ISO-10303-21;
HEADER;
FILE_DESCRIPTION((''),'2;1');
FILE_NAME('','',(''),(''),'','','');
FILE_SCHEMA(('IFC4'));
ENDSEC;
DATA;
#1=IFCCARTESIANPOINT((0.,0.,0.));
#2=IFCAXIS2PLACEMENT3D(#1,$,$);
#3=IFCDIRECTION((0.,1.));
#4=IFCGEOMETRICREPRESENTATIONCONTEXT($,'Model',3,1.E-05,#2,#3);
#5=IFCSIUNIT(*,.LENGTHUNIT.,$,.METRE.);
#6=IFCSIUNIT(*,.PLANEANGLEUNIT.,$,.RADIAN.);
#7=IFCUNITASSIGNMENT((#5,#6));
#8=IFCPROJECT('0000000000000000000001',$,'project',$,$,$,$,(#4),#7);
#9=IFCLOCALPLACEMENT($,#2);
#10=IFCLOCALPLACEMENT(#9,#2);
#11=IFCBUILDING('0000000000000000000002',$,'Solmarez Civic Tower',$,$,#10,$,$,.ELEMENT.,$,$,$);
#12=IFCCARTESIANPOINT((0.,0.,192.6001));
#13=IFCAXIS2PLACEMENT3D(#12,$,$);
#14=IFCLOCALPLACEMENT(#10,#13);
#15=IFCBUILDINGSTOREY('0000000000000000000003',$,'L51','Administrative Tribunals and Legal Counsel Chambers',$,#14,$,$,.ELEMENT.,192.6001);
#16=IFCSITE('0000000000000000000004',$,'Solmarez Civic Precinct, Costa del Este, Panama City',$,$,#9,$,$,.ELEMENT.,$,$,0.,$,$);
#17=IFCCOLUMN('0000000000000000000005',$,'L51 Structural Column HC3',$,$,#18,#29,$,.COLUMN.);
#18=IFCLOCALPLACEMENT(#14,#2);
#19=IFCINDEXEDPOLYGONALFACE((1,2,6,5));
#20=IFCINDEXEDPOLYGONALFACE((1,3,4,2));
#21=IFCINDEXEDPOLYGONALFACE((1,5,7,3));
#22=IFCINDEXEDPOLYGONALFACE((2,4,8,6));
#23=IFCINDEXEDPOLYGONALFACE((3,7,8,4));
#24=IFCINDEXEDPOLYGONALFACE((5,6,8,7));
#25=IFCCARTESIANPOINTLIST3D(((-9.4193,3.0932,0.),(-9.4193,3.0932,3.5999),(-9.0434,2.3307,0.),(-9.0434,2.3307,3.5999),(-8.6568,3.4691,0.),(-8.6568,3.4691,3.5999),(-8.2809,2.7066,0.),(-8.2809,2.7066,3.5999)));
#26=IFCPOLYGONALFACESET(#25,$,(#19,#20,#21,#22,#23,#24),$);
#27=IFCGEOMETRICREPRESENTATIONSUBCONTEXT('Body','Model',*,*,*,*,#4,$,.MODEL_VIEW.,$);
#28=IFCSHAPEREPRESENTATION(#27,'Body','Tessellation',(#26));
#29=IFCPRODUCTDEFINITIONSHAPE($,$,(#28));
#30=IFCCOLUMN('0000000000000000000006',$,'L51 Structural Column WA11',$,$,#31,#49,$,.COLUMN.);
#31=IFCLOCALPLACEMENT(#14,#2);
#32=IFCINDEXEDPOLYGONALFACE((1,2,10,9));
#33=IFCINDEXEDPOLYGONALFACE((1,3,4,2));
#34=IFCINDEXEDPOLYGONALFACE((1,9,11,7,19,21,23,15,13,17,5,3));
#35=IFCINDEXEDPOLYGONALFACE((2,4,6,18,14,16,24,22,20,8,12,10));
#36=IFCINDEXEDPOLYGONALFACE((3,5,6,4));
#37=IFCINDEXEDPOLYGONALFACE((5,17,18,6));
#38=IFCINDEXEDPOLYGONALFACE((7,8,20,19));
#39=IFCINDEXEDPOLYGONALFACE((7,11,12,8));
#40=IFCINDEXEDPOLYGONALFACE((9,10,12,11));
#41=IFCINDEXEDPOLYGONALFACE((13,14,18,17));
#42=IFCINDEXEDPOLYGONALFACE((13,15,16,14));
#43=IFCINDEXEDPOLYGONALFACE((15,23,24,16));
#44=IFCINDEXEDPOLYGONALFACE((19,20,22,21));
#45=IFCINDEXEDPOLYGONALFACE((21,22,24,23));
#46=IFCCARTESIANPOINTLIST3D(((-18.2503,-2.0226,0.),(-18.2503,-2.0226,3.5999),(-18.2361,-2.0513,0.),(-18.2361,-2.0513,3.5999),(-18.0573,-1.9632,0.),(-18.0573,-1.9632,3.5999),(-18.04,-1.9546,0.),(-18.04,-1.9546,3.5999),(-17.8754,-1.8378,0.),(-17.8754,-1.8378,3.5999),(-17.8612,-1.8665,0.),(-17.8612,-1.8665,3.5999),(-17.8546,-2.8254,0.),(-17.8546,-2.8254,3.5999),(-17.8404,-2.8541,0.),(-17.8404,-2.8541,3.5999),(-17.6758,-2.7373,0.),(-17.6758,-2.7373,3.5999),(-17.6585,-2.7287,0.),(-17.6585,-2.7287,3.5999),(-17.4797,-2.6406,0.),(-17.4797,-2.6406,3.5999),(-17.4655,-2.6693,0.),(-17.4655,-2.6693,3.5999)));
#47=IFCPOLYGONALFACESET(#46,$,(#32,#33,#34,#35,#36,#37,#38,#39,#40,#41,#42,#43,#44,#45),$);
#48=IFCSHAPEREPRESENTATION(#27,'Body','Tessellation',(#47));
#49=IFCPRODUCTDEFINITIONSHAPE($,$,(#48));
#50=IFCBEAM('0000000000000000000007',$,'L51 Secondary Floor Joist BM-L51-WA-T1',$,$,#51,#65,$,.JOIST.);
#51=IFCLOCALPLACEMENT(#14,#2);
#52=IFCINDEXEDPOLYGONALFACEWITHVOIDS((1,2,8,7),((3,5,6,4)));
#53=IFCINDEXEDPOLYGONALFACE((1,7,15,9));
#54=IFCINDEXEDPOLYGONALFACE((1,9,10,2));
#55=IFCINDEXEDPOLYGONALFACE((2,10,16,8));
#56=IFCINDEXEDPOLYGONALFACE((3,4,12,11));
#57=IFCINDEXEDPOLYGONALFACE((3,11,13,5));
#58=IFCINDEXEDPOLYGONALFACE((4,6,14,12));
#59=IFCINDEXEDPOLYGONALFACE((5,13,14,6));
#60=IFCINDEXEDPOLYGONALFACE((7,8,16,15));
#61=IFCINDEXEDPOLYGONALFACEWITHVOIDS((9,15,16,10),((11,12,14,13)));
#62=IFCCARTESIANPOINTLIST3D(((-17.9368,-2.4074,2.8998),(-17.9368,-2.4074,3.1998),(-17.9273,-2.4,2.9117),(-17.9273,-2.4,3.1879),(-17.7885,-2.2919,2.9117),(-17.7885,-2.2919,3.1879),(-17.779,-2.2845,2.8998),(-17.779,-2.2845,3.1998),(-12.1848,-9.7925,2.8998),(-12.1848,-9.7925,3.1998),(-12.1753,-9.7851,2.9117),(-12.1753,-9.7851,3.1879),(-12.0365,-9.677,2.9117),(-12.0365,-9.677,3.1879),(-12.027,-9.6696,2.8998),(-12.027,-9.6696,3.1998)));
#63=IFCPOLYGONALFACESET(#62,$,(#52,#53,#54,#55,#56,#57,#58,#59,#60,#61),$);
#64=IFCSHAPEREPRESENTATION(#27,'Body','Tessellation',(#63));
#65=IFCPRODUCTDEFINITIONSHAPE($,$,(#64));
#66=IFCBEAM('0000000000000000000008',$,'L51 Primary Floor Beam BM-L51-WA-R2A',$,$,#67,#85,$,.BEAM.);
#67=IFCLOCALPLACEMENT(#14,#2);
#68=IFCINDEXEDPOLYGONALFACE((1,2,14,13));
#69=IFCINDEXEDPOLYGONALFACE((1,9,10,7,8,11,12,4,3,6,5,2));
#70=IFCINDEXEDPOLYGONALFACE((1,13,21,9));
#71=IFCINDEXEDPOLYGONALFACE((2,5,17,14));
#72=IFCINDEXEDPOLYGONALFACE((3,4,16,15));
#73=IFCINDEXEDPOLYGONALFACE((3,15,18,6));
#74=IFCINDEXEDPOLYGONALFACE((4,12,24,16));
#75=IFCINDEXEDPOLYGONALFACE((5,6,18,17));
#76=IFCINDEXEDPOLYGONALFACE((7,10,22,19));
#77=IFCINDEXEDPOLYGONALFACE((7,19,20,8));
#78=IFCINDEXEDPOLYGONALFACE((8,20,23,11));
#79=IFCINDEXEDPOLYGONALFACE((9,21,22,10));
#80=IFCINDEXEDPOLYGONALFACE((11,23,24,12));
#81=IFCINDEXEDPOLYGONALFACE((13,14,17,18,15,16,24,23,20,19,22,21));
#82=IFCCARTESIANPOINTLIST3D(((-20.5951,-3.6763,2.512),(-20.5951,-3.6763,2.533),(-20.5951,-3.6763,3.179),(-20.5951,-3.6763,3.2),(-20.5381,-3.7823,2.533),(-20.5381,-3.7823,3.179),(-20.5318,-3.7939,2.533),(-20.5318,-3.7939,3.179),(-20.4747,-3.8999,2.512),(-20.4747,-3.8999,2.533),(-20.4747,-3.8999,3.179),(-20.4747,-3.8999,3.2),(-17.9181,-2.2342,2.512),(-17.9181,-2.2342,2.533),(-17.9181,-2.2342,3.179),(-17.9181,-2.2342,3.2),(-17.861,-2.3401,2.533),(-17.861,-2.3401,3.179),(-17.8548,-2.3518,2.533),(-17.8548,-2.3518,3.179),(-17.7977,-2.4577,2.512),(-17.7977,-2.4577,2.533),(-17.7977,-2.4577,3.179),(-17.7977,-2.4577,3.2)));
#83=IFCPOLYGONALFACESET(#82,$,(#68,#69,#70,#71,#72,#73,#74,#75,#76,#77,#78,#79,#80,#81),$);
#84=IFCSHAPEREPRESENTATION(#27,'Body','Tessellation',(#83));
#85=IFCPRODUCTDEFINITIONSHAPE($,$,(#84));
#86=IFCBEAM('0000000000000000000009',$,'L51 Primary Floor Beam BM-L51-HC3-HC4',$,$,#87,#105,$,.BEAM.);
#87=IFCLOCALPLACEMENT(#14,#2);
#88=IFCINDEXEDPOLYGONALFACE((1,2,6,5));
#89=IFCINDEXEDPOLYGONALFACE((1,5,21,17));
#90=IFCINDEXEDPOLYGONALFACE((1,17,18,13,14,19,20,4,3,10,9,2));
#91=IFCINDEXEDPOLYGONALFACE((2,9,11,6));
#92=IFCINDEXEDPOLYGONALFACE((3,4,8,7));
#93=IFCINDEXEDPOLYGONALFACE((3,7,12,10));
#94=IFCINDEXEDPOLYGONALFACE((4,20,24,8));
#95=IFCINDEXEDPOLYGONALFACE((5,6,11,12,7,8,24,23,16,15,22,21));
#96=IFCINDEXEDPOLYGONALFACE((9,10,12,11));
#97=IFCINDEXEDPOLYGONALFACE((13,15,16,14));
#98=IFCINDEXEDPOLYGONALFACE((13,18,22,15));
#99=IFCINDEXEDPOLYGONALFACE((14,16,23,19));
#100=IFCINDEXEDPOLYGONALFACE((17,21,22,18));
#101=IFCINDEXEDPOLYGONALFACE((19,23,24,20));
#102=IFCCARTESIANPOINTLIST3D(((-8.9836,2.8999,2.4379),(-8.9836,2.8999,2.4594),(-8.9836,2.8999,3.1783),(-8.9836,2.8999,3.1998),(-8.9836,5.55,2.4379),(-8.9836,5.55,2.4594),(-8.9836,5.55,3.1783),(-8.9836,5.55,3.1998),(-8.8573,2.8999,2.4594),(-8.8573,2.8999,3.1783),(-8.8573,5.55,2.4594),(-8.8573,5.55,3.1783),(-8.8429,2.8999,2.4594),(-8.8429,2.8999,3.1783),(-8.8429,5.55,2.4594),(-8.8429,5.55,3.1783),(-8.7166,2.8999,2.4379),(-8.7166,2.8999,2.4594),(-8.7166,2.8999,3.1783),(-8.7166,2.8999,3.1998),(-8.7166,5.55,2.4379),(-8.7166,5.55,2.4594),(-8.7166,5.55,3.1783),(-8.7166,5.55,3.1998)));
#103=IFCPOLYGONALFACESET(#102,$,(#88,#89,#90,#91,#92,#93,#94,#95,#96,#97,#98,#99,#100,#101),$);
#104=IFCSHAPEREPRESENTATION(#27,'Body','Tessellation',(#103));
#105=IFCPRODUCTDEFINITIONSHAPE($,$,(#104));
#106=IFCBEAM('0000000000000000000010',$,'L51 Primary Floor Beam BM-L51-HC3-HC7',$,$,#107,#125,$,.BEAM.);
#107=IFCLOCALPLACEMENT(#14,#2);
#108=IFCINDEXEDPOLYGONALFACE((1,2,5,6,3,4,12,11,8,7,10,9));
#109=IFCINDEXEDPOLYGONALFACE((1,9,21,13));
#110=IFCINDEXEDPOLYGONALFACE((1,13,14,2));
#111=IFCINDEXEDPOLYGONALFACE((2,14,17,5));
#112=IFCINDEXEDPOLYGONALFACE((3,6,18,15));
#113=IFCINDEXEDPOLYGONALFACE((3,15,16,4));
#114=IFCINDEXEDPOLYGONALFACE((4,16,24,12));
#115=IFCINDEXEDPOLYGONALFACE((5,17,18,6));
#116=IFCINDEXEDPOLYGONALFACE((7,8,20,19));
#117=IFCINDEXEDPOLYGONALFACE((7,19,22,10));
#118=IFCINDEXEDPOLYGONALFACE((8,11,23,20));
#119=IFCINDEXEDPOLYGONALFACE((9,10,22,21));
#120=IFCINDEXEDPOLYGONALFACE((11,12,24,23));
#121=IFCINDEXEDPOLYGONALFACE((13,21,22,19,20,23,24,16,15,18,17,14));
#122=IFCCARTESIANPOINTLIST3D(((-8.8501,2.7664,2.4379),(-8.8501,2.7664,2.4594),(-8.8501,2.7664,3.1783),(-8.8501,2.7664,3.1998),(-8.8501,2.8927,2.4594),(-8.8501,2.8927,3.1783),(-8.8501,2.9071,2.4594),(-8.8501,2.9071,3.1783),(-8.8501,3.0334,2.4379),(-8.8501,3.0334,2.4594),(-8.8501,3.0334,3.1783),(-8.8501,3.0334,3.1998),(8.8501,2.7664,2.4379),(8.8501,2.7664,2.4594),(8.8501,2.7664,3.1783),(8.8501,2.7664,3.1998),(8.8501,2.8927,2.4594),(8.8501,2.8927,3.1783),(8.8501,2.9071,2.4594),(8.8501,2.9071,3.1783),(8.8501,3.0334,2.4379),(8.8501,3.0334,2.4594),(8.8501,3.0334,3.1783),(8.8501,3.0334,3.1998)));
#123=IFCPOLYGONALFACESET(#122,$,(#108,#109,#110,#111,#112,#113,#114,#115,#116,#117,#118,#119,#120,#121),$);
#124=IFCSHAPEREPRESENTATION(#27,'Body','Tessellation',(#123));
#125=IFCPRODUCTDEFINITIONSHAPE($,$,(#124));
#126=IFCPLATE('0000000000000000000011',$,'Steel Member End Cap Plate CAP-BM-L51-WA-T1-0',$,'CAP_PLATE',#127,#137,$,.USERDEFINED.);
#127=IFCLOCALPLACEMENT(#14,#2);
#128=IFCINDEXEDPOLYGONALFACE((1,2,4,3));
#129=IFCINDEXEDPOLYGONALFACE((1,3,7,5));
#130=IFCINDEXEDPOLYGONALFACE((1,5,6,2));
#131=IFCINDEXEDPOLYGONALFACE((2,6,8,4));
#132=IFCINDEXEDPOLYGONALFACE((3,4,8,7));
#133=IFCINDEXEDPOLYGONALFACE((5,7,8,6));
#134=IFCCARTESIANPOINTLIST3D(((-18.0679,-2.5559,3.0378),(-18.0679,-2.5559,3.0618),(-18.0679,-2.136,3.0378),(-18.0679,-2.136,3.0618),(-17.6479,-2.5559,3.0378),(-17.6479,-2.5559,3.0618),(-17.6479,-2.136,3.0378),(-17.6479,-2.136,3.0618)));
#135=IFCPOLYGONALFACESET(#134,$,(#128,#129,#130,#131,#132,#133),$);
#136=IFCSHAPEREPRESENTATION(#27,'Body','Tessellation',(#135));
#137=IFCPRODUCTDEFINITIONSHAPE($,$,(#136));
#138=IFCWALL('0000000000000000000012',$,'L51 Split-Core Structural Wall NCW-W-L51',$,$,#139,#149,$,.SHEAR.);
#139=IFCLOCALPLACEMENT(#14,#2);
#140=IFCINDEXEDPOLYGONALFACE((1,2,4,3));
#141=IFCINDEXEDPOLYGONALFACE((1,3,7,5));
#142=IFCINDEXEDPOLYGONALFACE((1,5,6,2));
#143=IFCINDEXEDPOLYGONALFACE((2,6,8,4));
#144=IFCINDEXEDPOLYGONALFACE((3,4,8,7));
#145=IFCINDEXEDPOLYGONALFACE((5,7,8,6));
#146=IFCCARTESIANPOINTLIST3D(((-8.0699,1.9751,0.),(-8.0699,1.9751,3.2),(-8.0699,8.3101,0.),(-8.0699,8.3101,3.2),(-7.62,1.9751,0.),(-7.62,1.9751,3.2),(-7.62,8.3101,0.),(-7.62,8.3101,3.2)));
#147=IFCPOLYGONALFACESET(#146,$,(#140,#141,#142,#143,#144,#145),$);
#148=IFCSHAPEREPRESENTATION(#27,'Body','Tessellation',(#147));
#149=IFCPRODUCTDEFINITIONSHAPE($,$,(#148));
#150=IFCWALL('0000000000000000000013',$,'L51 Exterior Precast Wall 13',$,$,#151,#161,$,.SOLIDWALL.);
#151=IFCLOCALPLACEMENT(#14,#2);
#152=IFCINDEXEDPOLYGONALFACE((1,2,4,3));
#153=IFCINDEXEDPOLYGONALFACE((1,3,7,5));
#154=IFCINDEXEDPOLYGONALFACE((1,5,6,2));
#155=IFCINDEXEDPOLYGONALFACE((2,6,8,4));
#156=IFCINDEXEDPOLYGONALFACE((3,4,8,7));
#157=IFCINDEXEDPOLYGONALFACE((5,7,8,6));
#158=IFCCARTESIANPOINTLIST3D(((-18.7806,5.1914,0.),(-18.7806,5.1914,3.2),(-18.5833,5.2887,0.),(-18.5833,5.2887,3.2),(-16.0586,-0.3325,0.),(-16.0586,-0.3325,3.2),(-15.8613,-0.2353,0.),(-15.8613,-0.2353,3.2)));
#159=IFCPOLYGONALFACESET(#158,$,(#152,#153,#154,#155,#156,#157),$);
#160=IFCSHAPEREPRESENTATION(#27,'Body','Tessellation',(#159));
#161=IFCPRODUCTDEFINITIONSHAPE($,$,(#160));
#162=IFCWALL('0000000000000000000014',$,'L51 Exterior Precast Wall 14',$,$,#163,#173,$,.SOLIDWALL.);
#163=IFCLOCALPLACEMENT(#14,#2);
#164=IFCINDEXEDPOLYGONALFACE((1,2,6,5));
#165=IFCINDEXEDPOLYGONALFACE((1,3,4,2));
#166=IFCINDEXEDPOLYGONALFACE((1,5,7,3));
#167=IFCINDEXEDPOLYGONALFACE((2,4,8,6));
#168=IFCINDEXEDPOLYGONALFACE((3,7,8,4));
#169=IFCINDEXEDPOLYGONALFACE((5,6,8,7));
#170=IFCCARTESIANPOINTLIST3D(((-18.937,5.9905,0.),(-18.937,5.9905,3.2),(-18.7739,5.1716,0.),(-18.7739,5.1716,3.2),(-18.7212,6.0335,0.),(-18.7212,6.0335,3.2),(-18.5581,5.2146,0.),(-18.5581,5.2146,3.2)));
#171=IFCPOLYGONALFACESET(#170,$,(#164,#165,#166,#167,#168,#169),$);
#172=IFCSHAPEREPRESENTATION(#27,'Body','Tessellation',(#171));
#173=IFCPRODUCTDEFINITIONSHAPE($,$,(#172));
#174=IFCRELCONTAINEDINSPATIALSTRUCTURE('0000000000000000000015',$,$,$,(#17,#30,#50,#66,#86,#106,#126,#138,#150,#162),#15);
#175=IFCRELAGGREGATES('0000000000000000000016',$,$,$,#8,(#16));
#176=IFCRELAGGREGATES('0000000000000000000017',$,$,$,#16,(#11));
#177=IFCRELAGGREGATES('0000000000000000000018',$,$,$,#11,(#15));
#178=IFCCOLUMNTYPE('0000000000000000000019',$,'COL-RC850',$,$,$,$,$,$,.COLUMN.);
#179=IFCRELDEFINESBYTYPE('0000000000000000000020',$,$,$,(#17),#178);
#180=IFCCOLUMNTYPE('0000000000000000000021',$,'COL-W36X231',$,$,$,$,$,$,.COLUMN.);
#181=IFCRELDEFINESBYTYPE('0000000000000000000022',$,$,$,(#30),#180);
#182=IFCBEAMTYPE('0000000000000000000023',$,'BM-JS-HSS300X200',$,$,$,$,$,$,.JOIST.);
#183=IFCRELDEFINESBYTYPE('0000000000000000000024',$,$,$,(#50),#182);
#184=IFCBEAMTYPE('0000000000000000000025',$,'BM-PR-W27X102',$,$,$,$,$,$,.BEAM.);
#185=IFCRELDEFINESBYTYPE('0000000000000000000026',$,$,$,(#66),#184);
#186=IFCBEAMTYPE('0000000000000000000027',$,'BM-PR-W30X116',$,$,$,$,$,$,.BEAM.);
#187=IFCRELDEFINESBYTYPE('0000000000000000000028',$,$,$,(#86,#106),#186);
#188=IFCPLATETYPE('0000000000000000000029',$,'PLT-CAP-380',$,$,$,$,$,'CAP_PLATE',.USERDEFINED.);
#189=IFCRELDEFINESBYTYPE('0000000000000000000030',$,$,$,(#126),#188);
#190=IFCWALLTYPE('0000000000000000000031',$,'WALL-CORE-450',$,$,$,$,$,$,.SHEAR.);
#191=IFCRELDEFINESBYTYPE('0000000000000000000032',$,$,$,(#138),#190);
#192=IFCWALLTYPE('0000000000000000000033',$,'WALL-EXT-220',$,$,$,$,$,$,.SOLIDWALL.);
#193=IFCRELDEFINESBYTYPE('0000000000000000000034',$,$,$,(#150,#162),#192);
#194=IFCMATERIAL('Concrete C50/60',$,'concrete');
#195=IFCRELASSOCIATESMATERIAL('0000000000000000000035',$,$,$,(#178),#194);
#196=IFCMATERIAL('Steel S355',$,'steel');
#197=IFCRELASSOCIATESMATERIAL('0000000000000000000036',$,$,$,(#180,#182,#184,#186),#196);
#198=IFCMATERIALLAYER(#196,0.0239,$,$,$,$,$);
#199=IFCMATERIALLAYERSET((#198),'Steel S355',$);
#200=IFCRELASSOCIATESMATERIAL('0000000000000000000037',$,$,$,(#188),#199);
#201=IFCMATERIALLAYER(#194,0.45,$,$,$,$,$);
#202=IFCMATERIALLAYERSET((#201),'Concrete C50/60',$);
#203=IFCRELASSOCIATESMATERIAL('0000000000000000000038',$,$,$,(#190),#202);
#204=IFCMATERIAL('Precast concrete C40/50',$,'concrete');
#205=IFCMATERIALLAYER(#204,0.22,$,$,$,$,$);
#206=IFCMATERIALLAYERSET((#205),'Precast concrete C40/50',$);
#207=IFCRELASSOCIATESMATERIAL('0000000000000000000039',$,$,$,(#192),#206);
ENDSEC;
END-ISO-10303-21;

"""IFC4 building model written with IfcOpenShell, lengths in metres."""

from ifc_helpers import new_model, si_unit, direction, frame, frame_2d, origin, origin_2d, place, context, subcontext, project, spatial, rectangle, hollow_rectangle, i_section, extrude, material, layer, layer_set, material_profile, profile_set, type_object, element, save


model = new_model("IFC4")

# Units and contexts
model_context = context("Model", 3, precision=1e-05, world=origin(), true_north=direction((0.0, 1.0)))
body_context = subcontext(model_context, "Body", "Model", "MODEL_VIEW")
ifc_project = project(units=[si_unit("LENGTHUNIT", "METRE"), si_unit("PLANEANGLEUNIT", "RADIAN")], contexts=[model_context])

# Site, building, storey
site_placement = place(None, origin())
site = spatial("IfcSite", under=ifc_project, at=site_placement, Name="Solmarez Civic Precinct, Costa del Este, Panama City", CompositionType="ELEMENT", RefElevation=0.0)
building_placement = place(site_placement, origin())
building = spatial("IfcBuilding", under=site, at=building_placement, Name="Solmarez Civic Tower", CompositionType="ELEMENT")
storey_placement = place(building_placement, frame((0.0, 0.0, 192.6001)))
storey = spatial("IfcBuildingStorey", under=building, at=storey_placement, Name="L51", Description="Administrative Tribunals and Legal Counsel Chambers", CompositionType="ELEMENT", Elevation=192.6001)

# Columns
ifc_material_1 = material(Name="Concrete C50/60", Category="concrete")
ifc_material_profile_1 = material_profile(ifc_material_1, rectangle(XDim=0.8501, YDim=0.8501, at=origin_2d()), Name="RC850X850")
ifc_profile_set_1 = profile_set([ifc_material_profile_1], Name="Concrete C50/60")
column_type_1 = type_object("IfcColumnType", Name="COL-RC850", PredefinedType="COLUMN", material=ifc_profile_set_1)
column_1_placement = place(storey_placement, frame((-8.8501, 2.8999, 0.0), z_axis=(0.0, 0.0, 1.0), x_axis=(0.89695, 0.442132, 0.0)))
element("IfcColumn", 1, at=column_1_placement, inside=storey, type_object=column_type_1, Name="L51 Structural Column HC3", PredefinedType="COLUMN", context=body_context, shape_type="SweptSolid", body=[
    extrude(rectangle(XDim=0.8501, YDim=0.8501, at=origin_2d()), origin(), (0.0, 0.0, 1.0), 3.5999),
])
ifc_material_2 = material(Name="Steel S355", Category="steel")
ifc_material_profile_2 = material_profile(ifc_material_2, i_section(OverallWidth=0.418, OverallDepth=0.927, WebThickness=0.0193, FlangeThickness=0.032, at=origin_2d()), Name="W36X231")
ifc_profile_set_2 = profile_set([ifc_material_profile_2], Name="Steel S355")
column_type_2 = type_object("IfcColumnType", Name="COL-W36X231", PredefinedType="COLUMN", material=ifc_profile_set_2)
column_2_placement = place(storey_placement, frame((-17.8579, -2.3459, 0.0), z_axis=(0.0, 0.0, 1.0), x_axis=(0.89695, 0.442132, 0.0)))
element("IfcColumn", 2, at=column_2_placement, inside=storey, type_object=column_type_2, Name="L51 Structural Column WA11", PredefinedType="COLUMN", context=body_context, shape_type="SweptSolid", body=[
    extrude(i_section(OverallWidth=0.418, OverallDepth=0.927, WebThickness=0.0193, FlangeThickness=0.032, at=origin_2d()), origin(), (0.0, 0.0, 1.0), 3.5999),
])

# Beams
ifc_material_profile_3 = material_profile(ifc_material_2, hollow_rectangle(XDim=0.2, YDim=0.3, WallThickness=0.012, at=origin_2d()), Name="HSS300X200X12")
ifc_profile_set_3 = profile_set([ifc_material_profile_3], Name="Steel S355")
beam_type_1 = type_object("IfcBeamType", Name="BM-JS-HSS300X200", PredefinedType="JOIST", material=ifc_profile_set_3)
beam_1_placement = place(storey_placement, frame((-17.8579, -2.3459, 3.0498), z_axis=(0.614477, -0.788935, 0.0), x_axis=(0.788935, 0.614477, 0.0)))
element("IfcBeam", 3, at=beam_1_placement, inside=storey, type_object=beam_type_1, Name="L51 Secondary Floor Joist BM-L51-WA-T1", PredefinedType="JOIST", context=body_context, shape_type="SweptSolid", body=[
    extrude(hollow_rectangle(XDim=0.2, YDim=0.3, WallThickness=0.012, at=origin_2d()), origin(), (0.0, 0.0, 1.0), 9.3608),
])
ifc_material_profile_4 = material_profile(ifc_material_2, i_section(OverallWidth=0.2539, OverallDepth=0.688, WebThickness=0.0132, FlangeThickness=0.021, at=origin_2d()), Name="W27X102")
ifc_profile_set_4 = profile_set([ifc_material_profile_4], Name="Steel S355")
beam_type_2 = type_object("IfcBeamType", Name="BM-PR-W27X102", PredefinedType="BEAM", material=ifc_profile_set_4)
beam_2_placement = place(storey_placement, frame((-17.8579, -2.3459, 2.856), z_axis=(-0.880378, -0.474272, 0.0), x_axis=(0.474272, -0.880378, 0.0)))
element("IfcBeam", 4, at=beam_2_placement, inside=storey, type_object=beam_type_2, Name="L51 Primary Floor Beam BM-L51-WA-R2A", PredefinedType="BEAM", context=body_context, shape_type="SweptSolid", body=[
    extrude(i_section(OverallWidth=0.2539, OverallDepth=0.688, WebThickness=0.0132, FlangeThickness=0.021, at=origin_2d()), origin(), (0.0, 0.0, 1.0), 3.0408),
])
ifc_material_profile_5 = material_profile(ifc_material_2, i_section(OverallWidth=0.2671, OverallDepth=0.762, WebThickness=0.0144, FlangeThickness=0.0215, at=origin_2d()), Name="W30X116")
ifc_profile_set_5 = profile_set([ifc_material_profile_5], Name="Steel S355")
beam_type_3 = type_object("IfcBeamType", Name="BM-PR-W30X116", PredefinedType="BEAM", material=ifc_profile_set_5)
beam_3_placement = place(storey_placement, frame((-8.8501, 2.8999, 2.8188), z_axis=(0.0, 1.0, 0.0), x_axis=(-1.0, 0.0, 0.0)))
element("IfcBeam", 5, at=beam_3_placement, inside=storey, type_object=beam_type_3, Name="L51 Primary Floor Beam BM-L51-HC3-HC4", PredefinedType="BEAM", context=body_context, shape_type="SweptSolid", body=[
    extrude(i_section(OverallWidth=0.2671, OverallDepth=0.762, WebThickness=0.0144, FlangeThickness=0.0215, at=origin_2d()), origin(), (0.0, 0.0, 1.0), 2.6501),
])
beam_4_placement = place(storey_placement, frame((-8.8501, 2.8999, 2.8188), z_axis=(1.0, 0.0, 0.0), x_axis=(0.0, 1.0, 0.0)))
element("IfcBeam", 6, at=beam_4_placement, inside=storey, type_object=beam_type_3, Name="L51 Primary Floor Beam BM-L51-HC3-HC7", PredefinedType="BEAM", context=body_context, shape_type="SweptSolid", body=[
    extrude(i_section(OverallWidth=0.2671, OverallDepth=0.762, WebThickness=0.0144, FlangeThickness=0.0215, at=origin_2d()), origin(), (0.0, 0.0, 1.0), 17.7002),
])

# Plate
ifc_layer_1 = layer(ifc_material_2, 0.0239)
ifc_layer_set_1 = layer_set([ifc_layer_1], Name="Steel S355")
plate_type = type_object("IfcPlateType", Name="PLT-CAP-380", ElementType="CAP_PLATE", PredefinedType="USERDEFINED", material=ifc_layer_set_1)
plate_placement = place(storey_placement, frame((-17.8579, -2.3459, 3.0378), z_axis=(0.0, 0.0, 1.0), x_axis=(1.0, 0.0, 0.0)))
element("IfcPlate", 7, at=plate_placement, inside=storey, type_object=plate_type, Name="Steel Member End Cap Plate CAP-BM-L51-WA-T1-0", ObjectType="CAP_PLATE", PredefinedType="USERDEFINED", context=body_context, shape_type="SweptSolid", body=[
    extrude(rectangle(XDim=0.4199, YDim=0.4199, at=origin_2d()), origin(), (0.0, 0.0, 1.0), 0.0239),
])

# Wall
ifc_layer_2 = layer(ifc_material_1, 0.45)
ifc_layer_set_2 = layer_set([ifc_layer_2], Name="Concrete C50/60")
wall_type_1 = type_object("IfcWallType", Name="WALL-CORE-450", PredefinedType="SHEAR", material=ifc_layer_set_2)
wall_1_placement = place(storey_placement, frame((-7.845, 1.9751, 0.0), z_axis=(0.0, 0.0, 1.0), x_axis=(0.0, 1.0, 0.0)))
element("IfcWall", 8, at=wall_1_placement, inside=storey, type_object=wall_type_1, Name="L51 Split-Core Structural Wall NCW-W-L51", PredefinedType="SHEAR", context=body_context, shape_type="SweptSolid", body=[
    extrude(rectangle(XDim=6.335, YDim=0.45, at=frame_2d((3.1675, 0.0))), origin(), (0.0, 0.0, 1.0), 3.2),
])

# Walls
ifc_material_3 = material(Name="Precast concrete C40/50", Category="concrete")
ifc_layer_3 = layer(ifc_material_3, 0.22)
ifc_layer_set_3 = layer_set([ifc_layer_3], Name="Precast concrete C40/50")
wall_type_2 = type_object("IfcWallType", Name="WALL-EXT-220", PredefinedType="SOLIDWALL", material=ifc_layer_set_3)
wall_2_placement = place(storey_placement, frame((-15.96, -0.2839, 0.0), z_axis=(0.0, 0.0, 1.0), x_axis=(-0.442005, 0.897013, 0.0)))
element("IfcWall", 9, at=wall_2_placement, inside=storey, type_object=wall_type_2, Name="L51 Exterior Precast Wall 13", PredefinedType="SOLIDWALL", context=body_context, shape_type="SweptSolid", body=[
    extrude(rectangle(XDim=6.1582, YDim=0.22, at=frame_2d((3.0791, 0.0))), origin(), (0.0, 0.0, 1.0), 3.2),
])
wall_3_placement = place(storey_placement, frame((-18.666, 5.1931, 0.0), z_axis=(0.0, 0.0, 1.0), x_axis=(-0.195329, 0.980738, 0.0)))
element("IfcWall", 10, at=wall_3_placement, inside=storey, type_object=wall_type_2, Name="L51 Exterior Precast Wall 14", PredefinedType="SOLIDWALL", context=body_context, shape_type="SweptSolid", body=[
    extrude(rectangle(XDim=0.835, YDim=0.22, at=frame_2d((0.4175, 0.0))), origin(), (0.0, 0.0, 1.0), 3.2),
])

save(model, "model.ifc")
